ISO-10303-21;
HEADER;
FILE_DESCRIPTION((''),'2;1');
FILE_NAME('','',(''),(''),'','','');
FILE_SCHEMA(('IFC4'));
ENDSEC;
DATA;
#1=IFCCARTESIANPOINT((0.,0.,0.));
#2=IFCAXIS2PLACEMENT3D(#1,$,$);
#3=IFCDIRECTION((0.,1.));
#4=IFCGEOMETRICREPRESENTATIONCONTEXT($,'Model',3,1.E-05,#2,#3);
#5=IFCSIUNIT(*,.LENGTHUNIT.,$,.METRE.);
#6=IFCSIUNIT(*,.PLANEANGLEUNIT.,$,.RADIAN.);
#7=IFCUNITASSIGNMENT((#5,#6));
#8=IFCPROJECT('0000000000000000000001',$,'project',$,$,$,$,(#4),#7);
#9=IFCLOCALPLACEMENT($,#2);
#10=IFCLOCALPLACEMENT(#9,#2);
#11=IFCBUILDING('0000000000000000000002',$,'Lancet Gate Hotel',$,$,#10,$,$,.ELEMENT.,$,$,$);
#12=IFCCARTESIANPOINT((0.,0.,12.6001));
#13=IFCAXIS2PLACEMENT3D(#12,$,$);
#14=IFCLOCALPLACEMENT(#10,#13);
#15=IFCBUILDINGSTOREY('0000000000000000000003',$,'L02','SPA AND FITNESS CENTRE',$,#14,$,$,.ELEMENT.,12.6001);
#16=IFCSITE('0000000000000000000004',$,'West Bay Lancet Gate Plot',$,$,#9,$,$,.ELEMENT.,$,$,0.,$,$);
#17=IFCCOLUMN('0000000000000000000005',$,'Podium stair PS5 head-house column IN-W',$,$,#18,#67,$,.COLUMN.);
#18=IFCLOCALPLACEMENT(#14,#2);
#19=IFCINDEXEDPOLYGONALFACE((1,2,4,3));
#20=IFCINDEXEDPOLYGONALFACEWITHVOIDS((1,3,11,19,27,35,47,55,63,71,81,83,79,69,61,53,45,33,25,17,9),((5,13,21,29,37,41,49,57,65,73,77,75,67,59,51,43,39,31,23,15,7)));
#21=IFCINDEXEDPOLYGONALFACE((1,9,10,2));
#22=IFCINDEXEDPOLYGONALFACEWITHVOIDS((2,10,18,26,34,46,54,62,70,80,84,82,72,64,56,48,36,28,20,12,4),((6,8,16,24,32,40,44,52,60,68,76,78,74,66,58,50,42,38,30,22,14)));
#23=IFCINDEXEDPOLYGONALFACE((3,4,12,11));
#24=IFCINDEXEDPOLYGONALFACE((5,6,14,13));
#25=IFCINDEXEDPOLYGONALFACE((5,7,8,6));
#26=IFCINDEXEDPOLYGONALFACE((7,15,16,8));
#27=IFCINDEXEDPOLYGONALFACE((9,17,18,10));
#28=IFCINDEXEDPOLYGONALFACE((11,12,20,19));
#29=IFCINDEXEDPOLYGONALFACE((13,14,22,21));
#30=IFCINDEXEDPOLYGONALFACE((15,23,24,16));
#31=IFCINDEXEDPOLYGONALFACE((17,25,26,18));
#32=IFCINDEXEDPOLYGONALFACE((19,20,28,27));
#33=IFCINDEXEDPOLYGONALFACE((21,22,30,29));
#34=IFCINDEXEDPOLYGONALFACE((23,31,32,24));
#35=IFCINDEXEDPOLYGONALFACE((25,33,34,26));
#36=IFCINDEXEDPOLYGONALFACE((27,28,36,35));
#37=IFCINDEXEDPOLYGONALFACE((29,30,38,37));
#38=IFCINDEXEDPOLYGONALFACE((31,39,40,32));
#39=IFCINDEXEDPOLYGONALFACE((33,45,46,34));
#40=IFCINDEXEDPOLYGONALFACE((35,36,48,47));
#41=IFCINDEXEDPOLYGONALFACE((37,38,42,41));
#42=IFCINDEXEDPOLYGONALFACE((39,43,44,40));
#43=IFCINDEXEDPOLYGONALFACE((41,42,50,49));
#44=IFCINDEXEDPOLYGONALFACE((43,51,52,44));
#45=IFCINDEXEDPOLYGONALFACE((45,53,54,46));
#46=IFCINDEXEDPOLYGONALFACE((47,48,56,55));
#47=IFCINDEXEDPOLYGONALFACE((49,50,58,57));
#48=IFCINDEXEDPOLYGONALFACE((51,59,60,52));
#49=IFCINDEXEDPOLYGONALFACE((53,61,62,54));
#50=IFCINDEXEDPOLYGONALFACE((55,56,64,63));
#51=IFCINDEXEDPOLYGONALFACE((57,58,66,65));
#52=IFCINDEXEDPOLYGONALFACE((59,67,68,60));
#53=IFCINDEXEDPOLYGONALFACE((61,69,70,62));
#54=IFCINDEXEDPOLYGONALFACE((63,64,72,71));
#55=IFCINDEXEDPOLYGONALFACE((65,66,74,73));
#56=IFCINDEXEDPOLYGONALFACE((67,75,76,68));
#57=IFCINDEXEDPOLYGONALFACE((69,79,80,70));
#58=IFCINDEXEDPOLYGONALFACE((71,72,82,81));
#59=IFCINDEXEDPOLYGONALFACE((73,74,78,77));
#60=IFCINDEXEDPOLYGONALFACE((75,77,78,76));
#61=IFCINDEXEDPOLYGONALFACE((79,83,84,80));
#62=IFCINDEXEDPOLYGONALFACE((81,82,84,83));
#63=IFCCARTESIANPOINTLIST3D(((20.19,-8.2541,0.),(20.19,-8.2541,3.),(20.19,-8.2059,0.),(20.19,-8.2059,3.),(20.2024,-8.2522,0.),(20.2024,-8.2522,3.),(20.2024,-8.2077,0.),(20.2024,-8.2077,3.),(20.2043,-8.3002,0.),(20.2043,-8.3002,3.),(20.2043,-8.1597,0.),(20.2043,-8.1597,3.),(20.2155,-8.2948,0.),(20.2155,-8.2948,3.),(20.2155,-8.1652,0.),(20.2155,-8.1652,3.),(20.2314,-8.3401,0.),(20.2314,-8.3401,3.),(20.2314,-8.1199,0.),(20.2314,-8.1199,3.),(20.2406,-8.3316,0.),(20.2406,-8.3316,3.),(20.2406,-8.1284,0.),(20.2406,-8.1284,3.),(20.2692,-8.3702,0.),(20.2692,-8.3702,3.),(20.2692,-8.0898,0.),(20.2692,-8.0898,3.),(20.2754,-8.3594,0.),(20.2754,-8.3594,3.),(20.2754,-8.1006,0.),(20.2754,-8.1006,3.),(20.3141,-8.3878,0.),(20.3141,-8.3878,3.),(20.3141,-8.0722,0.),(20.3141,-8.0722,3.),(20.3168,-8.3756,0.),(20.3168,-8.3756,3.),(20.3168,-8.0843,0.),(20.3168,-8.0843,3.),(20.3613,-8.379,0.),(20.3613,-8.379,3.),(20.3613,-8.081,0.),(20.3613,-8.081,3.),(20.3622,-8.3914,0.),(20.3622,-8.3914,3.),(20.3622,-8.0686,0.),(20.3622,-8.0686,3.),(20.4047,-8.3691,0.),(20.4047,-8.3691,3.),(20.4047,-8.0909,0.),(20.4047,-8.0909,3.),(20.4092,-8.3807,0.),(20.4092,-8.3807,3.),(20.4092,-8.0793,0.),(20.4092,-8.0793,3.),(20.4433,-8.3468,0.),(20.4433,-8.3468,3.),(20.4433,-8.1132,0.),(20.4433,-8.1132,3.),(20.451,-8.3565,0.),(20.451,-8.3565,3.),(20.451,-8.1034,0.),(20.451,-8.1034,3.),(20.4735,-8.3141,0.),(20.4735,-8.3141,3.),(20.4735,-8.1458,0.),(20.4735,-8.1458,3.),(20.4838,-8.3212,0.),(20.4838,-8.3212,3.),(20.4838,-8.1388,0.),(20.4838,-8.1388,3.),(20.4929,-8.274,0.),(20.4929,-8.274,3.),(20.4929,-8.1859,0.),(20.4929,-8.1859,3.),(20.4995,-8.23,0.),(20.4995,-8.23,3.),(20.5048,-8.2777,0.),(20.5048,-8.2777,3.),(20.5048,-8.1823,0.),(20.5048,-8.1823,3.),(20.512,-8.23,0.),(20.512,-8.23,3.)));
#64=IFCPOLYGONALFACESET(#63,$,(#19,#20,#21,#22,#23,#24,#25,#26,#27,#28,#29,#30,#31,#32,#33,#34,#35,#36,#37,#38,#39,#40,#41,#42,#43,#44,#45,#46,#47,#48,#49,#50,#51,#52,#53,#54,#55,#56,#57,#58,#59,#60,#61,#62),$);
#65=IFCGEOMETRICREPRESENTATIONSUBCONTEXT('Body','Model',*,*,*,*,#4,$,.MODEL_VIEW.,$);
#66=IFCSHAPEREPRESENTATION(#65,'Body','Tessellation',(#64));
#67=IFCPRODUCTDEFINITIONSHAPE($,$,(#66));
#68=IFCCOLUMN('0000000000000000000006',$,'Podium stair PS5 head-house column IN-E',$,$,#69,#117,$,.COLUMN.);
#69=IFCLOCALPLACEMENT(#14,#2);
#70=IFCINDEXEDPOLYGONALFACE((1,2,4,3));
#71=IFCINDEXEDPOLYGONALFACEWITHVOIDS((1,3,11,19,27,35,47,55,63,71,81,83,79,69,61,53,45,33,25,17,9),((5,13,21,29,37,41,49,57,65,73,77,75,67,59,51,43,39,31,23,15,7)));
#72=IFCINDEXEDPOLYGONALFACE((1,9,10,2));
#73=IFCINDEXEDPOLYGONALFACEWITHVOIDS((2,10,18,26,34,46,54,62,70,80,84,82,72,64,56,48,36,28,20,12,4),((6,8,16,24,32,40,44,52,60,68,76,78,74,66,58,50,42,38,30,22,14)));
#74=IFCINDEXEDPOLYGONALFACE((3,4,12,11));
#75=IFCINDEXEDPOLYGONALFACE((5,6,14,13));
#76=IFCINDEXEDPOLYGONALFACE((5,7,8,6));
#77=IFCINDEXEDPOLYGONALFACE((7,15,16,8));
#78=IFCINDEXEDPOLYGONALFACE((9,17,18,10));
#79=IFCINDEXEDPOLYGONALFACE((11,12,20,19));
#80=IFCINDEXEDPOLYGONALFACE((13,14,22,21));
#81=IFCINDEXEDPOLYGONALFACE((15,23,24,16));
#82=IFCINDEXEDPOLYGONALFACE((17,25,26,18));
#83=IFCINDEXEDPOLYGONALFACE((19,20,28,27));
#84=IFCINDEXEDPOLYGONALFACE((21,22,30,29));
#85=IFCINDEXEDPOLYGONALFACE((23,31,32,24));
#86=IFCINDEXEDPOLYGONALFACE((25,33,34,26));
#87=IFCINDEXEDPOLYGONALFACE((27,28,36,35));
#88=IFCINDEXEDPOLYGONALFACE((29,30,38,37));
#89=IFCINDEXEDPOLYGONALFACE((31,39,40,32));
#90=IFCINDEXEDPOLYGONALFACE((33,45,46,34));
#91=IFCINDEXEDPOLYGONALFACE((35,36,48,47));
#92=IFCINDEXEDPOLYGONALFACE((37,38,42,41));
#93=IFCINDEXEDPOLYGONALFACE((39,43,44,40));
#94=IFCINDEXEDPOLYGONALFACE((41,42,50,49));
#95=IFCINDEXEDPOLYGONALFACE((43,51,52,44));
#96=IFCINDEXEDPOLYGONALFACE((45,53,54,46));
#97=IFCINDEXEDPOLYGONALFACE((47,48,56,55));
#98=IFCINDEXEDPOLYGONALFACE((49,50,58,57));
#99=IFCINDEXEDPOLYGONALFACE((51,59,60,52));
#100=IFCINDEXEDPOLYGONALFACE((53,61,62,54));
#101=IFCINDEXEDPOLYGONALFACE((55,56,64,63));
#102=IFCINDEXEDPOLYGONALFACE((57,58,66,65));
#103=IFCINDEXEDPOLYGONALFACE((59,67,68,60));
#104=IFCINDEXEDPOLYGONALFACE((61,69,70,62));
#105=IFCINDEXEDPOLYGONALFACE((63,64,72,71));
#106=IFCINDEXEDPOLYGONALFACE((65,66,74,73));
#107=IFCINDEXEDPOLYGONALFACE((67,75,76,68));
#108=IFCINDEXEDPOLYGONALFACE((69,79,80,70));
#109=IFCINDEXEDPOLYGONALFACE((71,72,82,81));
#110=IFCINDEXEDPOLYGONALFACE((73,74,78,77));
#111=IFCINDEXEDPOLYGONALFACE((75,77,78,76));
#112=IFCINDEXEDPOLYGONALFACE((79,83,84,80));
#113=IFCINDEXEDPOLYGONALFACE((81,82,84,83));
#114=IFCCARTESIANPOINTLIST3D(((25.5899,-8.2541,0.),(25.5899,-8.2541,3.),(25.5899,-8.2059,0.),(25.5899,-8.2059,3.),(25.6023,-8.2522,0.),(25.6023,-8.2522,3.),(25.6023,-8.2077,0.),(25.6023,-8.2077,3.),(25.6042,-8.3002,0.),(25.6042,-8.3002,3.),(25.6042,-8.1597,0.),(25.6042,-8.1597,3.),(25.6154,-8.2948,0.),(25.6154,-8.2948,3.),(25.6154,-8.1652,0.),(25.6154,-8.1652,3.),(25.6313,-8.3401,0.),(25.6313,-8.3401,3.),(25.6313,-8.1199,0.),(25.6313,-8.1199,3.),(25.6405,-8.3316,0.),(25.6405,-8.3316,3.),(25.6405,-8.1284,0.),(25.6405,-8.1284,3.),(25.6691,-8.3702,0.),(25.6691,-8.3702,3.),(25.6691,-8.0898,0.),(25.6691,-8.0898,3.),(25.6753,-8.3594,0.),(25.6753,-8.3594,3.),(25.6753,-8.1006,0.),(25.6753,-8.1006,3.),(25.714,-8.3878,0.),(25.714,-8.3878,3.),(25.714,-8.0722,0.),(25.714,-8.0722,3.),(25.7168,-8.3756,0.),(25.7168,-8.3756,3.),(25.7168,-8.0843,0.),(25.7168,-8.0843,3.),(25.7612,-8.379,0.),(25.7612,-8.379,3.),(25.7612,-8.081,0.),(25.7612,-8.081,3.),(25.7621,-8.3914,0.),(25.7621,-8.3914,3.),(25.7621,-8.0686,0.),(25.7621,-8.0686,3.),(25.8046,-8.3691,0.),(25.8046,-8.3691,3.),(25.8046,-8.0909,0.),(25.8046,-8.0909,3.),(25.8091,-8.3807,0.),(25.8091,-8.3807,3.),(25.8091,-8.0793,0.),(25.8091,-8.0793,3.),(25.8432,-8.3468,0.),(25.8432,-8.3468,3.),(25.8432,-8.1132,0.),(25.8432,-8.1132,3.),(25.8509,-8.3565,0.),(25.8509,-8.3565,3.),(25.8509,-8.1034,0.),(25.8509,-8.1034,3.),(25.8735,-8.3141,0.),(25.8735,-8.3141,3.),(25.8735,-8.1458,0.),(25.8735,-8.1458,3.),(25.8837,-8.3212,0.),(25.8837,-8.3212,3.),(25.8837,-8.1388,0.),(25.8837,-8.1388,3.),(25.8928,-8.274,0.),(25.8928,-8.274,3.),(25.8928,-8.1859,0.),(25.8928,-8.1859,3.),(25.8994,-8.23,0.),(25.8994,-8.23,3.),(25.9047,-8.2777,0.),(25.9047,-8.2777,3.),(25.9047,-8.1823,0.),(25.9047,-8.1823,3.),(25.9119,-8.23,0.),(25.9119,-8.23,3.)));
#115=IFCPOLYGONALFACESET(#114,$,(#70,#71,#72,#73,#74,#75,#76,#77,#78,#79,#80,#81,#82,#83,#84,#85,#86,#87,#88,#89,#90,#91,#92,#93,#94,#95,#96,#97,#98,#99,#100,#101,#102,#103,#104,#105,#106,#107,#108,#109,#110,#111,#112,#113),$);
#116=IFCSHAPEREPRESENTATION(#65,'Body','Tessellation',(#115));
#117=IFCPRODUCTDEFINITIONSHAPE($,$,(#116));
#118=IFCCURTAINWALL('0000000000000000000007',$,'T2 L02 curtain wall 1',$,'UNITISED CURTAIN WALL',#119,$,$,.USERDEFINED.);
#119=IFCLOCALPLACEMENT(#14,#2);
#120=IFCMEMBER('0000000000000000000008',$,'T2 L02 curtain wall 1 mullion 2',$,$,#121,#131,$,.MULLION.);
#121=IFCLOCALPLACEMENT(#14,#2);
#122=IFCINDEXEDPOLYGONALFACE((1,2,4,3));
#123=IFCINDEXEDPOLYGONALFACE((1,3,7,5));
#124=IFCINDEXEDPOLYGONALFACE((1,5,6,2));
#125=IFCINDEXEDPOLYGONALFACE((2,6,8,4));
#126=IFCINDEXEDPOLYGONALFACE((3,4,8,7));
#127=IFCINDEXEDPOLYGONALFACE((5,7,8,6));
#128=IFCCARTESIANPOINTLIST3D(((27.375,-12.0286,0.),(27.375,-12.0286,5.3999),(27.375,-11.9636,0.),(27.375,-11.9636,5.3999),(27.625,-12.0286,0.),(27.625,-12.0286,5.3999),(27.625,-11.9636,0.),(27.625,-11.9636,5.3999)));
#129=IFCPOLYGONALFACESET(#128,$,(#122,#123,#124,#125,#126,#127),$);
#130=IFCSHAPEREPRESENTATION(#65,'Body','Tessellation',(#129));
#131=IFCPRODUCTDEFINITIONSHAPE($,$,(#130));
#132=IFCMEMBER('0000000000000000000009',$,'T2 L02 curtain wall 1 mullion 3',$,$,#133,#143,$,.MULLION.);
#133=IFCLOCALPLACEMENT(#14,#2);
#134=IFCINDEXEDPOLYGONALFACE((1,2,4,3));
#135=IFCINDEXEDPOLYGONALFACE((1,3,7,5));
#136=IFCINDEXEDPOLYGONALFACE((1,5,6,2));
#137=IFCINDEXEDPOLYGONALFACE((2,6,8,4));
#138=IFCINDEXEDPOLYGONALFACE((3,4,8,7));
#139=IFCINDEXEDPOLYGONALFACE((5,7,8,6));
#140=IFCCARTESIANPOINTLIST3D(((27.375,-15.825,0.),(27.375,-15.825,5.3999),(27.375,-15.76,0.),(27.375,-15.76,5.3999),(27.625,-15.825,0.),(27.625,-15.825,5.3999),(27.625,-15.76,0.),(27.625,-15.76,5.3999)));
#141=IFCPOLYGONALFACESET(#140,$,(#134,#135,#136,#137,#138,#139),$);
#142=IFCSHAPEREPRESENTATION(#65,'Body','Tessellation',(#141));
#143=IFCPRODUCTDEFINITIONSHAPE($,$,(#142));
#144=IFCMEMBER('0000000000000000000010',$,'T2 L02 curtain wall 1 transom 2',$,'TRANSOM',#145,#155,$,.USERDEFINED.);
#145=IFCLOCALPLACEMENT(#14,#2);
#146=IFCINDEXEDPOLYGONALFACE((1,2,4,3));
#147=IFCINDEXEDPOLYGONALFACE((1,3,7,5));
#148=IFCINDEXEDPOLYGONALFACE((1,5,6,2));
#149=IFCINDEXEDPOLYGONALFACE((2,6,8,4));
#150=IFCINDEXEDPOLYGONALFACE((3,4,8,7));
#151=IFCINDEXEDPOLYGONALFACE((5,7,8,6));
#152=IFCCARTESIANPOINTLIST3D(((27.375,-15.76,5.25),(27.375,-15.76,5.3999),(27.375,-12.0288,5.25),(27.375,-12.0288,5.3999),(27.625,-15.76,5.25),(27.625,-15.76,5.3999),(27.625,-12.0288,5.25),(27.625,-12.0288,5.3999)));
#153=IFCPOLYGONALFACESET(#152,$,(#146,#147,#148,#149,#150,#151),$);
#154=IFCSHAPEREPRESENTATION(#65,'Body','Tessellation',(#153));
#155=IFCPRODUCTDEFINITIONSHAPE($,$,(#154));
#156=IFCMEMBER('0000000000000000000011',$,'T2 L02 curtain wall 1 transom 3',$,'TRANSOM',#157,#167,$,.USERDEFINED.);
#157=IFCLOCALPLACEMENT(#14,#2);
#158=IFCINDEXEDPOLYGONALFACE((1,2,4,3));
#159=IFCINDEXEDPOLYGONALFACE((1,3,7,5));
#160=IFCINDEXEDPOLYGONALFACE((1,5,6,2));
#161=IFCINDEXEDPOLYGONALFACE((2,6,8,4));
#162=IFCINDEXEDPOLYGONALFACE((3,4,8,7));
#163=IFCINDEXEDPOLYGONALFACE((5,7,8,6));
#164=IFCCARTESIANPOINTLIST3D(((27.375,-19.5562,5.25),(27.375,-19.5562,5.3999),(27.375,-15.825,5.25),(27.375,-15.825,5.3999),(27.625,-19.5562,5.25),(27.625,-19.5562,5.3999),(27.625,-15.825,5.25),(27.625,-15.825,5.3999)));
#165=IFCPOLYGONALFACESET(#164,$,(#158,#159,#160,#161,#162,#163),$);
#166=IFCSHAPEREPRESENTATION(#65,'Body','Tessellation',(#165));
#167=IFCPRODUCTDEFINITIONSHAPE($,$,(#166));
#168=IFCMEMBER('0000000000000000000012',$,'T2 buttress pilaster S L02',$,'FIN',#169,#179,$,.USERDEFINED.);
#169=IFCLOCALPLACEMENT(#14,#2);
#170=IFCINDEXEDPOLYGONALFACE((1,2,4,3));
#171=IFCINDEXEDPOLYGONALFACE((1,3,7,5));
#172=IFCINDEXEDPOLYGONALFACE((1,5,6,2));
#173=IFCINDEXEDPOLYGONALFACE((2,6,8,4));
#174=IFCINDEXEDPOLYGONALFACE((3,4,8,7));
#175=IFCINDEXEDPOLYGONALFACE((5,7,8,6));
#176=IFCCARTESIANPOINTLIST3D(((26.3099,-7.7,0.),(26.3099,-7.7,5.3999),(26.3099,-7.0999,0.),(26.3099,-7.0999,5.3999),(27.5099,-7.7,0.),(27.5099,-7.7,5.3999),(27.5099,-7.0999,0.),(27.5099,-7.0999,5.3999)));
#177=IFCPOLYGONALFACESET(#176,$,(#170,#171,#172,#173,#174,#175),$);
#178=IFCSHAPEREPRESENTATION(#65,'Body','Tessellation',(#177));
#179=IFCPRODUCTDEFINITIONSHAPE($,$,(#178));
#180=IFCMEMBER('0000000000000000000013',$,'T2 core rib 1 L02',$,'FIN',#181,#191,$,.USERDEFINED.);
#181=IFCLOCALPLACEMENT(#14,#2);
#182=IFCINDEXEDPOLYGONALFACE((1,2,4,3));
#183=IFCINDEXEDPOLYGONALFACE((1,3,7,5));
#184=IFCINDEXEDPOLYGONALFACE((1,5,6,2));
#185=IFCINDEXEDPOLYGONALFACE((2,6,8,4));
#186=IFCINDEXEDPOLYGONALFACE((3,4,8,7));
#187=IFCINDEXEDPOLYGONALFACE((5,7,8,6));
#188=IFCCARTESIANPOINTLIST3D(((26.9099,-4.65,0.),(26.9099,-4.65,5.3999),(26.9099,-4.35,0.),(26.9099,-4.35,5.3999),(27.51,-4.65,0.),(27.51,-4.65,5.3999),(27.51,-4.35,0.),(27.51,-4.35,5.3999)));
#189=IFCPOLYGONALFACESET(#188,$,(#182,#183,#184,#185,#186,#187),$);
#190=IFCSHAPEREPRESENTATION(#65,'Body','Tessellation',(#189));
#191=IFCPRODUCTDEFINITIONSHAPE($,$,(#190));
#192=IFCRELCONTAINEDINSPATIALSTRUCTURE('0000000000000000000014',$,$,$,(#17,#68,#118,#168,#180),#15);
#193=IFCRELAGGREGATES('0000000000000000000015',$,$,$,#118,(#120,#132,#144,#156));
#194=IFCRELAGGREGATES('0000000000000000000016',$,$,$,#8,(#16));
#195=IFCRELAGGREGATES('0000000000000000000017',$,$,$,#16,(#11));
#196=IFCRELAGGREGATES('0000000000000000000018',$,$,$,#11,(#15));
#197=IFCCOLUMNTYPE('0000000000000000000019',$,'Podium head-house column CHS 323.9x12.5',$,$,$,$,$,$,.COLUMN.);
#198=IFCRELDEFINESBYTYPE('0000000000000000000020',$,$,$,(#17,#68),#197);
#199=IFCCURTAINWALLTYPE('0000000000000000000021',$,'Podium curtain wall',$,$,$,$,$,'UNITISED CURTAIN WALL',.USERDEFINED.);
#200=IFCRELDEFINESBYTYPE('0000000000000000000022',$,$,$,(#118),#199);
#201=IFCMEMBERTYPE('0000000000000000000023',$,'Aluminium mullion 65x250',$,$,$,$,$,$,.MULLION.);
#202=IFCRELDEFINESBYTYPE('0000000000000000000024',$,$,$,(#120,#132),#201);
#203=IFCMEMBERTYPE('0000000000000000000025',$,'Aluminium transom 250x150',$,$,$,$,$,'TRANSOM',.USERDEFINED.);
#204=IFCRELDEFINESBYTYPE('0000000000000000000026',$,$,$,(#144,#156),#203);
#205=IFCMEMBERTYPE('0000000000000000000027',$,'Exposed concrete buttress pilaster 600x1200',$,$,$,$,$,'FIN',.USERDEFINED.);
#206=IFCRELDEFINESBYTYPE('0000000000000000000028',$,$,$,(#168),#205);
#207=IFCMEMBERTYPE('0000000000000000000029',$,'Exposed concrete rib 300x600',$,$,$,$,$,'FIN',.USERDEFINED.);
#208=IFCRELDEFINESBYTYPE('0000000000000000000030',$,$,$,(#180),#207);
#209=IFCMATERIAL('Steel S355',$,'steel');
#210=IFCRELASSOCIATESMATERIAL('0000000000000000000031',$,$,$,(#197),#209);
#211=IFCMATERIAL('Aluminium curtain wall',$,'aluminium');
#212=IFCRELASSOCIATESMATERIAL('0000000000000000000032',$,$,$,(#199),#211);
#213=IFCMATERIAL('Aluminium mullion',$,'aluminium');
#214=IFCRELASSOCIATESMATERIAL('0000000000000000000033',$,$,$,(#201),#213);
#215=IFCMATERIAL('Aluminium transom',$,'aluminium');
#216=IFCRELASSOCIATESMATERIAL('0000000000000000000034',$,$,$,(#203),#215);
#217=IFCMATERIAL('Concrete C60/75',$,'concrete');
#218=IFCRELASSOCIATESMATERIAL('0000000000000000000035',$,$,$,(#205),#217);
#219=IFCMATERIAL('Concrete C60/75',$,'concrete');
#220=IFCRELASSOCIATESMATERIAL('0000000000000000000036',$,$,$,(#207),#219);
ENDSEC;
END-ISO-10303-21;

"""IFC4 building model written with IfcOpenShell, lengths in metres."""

from ifc_helpers import new_model, si_unit, direction, frame, origin, origin_2d, place, context, subcontext, project, spatial, rectangle, hollow_circle, extrude, material, material_profile, profile_set, type_object, element, aggregate, save


model = new_model("IFC4")

# Units and contexts
model_context = context("Model", 3, precision=1e-05, world=origin(), true_north=direction((0.0, 1.0)))
body_context = subcontext(model_context, "Body", "Model", "MODEL_VIEW")
ifc_project = project(units=[si_unit("LENGTHUNIT", "METRE"), si_unit("PLANEANGLEUNIT", "RADIAN")], contexts=[model_context])

# Site, building, storey
site_placement = place(None, origin())
site = spatial("IfcSite", under=ifc_project, at=site_placement, Name="West Bay Lancet Gate Plot", CompositionType="ELEMENT", RefElevation=0.0)
building_placement = place(site_placement, origin())
building = spatial("IfcBuilding", under=site, at=building_placement, Name="Lancet Gate Hotel", CompositionType="ELEMENT")
storey_placement = place(building_placement, frame((0.0, 0.0, 12.6001)))
storey = spatial("IfcBuildingStorey", under=building, at=storey_placement, Name="L02", Description="SPA AND FITNESS CENTRE", CompositionType="ELEMENT", Elevation=12.6001)

# Columns
ifc_material_1 = material(Name="Steel S355", Category="steel")
ifc_material_profile_1 = material_profile(ifc_material_1, hollow_circle(Radius=0.1619, WallThickness=0.0125, at=origin_2d()), Name="CHS 323.9x12.5")
ifc_profile_set_1 = profile_set([ifc_material_profile_1], Name="Steel S355")
column_type = type_object("IfcColumnType", Name="Podium head-house column CHS 323.9x12.5", PredefinedType="COLUMN", material=ifc_profile_set_1)
for number, where, z_axis, x_axis, name in (
    (1, (20.3501, -8.23, 0.0), (0.0, 0.0, 1.0), (1.0, 0.0, 0.0), "Podium stair PS5 head-house column IN-W"),
    (2, (25.75, -8.23, 0.0), (0.0, 0.0, 1.0), (1.0, 0.0, 0.0), "Podium stair PS5 head-house column IN-E"),
):
    element("IfcColumn", number, at=place(storey_placement, frame(where, z_axis=z_axis, x_axis=x_axis)), inside=storey, type_object=column_type, Name=name, PredefinedType="COLUMN", context=body_context, shape_type="SweptSolid", body=[
        extrude(hollow_circle(Radius=0.1619, WallThickness=0.0125, at=origin_2d()), origin(), (0.0, 0.0, 1.0), 3.0),
    ])

# Curtain wall, members
ifc_material_2 = material(Name="Aluminium curtain wall", Category="aluminium")
curtain_wall_type = type_object("IfcCurtainWallType", Name="Podium curtain wall", ElementType="UNITISED CURTAIN WALL", PredefinedType="USERDEFINED", material=ifc_material_2)
curtain_wall_placement = place(storey_placement, origin())
curtain_wall = element("IfcCurtainWall", 3, at=curtain_wall_placement, inside=storey, type_object=curtain_wall_type, Name="T2 L02 curtain wall 1", ObjectType="UNITISED CURTAIN WALL", PredefinedType="USERDEFINED")
ifc_material_3 = material(Name="Aluminium mullion", Category="aluminium")
ifc_material_profile_2 = material_profile(ifc_material_3, rectangle(XDim=0.0649, YDim=0.25, at=origin_2d()), Name="MULLION 65x250")
ifc_profile_set_2 = profile_set([ifc_material_profile_2], Name="Aluminium mullion")
member_type_1 = type_object("IfcMemberType", Name="Aluminium mullion 65x250", PredefinedType="MULLION", material=ifc_profile_set_2)
member_1_placement = place(storey_placement, frame((27.5, -11.9961, 0.0), z_axis=(0.0, 0.0, 1.0), x_axis=(0.0, -1.0, 0.0)))
member_1 = element("IfcMember", 4, at=member_1_placement, type_object=member_type_1, Name="T2 L02 curtain wall 1 mullion 2", PredefinedType="MULLION", context=body_context, shape_type="SweptSolid", body=[
    extrude(rectangle(XDim=0.0649, YDim=0.25, at=origin_2d()), origin(), (0.0, 0.0, 1.0), 5.3999),
])
member_2_placement = place(storey_placement, frame((27.5, -15.7925, 0.0), z_axis=(0.0, 0.0, 1.0), x_axis=(0.0, -1.0, 0.0)))
member_2 = element("IfcMember", 5, at=member_2_placement, type_object=member_type_1, Name="T2 L02 curtain wall 1 mullion 3", PredefinedType="MULLION", context=body_context, shape_type="SweptSolid", body=[
    extrude(rectangle(XDim=0.0649, YDim=0.25, at=origin_2d()), origin(), (0.0, 0.0, 1.0), 5.3999),
])
ifc_material_4 = material(Name="Aluminium transom", Category="aluminium")
ifc_material_profile_3 = material_profile(ifc_material_4, rectangle(XDim=0.25, YDim=0.1499, at=origin_2d()), Name="TRANSOM 250x150")
ifc_profile_set_3 = profile_set([ifc_material_profile_3], Name="Aluminium transom")
member_type_2 = type_object("IfcMemberType", Name="Aluminium transom 250x150", ElementType="TRANSOM", PredefinedType="USERDEFINED", material=ifc_profile_set_3)
member_3_placement = place(storey_placement, frame((27.5, -12.0288, 5.325), z_axis=(0.0, -1.0, 0.0), x_axis=(1.0, 0.0, 0.0)))
member_3 = element("IfcMember", 6, at=member_3_placement, type_object=member_type_2, Name="T2 L02 curtain wall 1 transom 2", ObjectType="TRANSOM", PredefinedType="USERDEFINED", context=body_context, shape_type="SweptSolid", body=[
    extrude(rectangle(XDim=0.25, YDim=0.1499, at=origin_2d()), origin(), (0.0, 0.0, 1.0), 3.7312),
])
member_4_placement = place(storey_placement, frame((27.5, -15.825, 5.325), z_axis=(0.0, -1.0, 0.0), x_axis=(1.0, 0.0, 0.0)))
member_4 = element("IfcMember", 7, at=member_4_placement, type_object=member_type_2, Name="T2 L02 curtain wall 1 transom 3", ObjectType="TRANSOM", PredefinedType="USERDEFINED", context=body_context, shape_type="SweptSolid", body=[
    extrude(rectangle(XDim=0.25, YDim=0.1499, at=origin_2d()), origin(), (0.0, 0.0, 1.0), 3.7312),
])

# Members
ifc_material_5 = material(Name="Concrete C60/75", Category="concrete")
ifc_material_profile_4 = material_profile(ifc_material_5, rectangle(XDim=0.6001, YDim=1.2, at=origin_2d()), Name="FIN 600x1200")
ifc_profile_set_4 = profile_set([ifc_material_profile_4], Name="Concrete C60/75")
member_type_3 = type_object("IfcMemberType", Name="Exposed concrete buttress pilaster 600x1200", ElementType="FIN", PredefinedType="USERDEFINED", material=ifc_profile_set_4)
member_5_placement = place(storey_placement, frame((26.9099, -7.3999, 0.0), z_axis=(0.0, 0.0, 1.0), x_axis=(0.0, 1.0, 0.0)))
element("IfcMember", 8, at=member_5_placement, inside=storey, type_object=member_type_3, Name="T2 buttress pilaster S L02", ObjectType="FIN", PredefinedType="USERDEFINED", context=body_context, shape_type="SweptSolid", body=[
    extrude(rectangle(XDim=0.6001, YDim=1.2, at=origin_2d()), origin(), (0.0, 0.0, 1.0), 5.3999),
])
ifc_material_6 = material(Name="Concrete C60/75", Category="concrete")
ifc_material_profile_5 = material_profile(ifc_material_6, rectangle(XDim=0.3, YDim=0.6001, at=origin_2d()), Name="FIN 300x600")
ifc_profile_set_5 = profile_set([ifc_material_profile_5], Name="Concrete C60/75")
member_type_4 = type_object("IfcMemberType", Name="Exposed concrete rib 300x600", ElementType="FIN", PredefinedType="USERDEFINED", material=ifc_profile_set_5)
member_6_placement = place(storey_placement, frame((27.21, -4.5, 0.0), z_axis=(0.0, 0.0, 1.0), x_axis=(0.0, 1.0, 0.0)))
element("IfcMember", 9, at=member_6_placement, inside=storey, type_object=member_type_4, Name="T2 core rib 1 L02", ObjectType="FIN", PredefinedType="USERDEFINED", context=body_context, shape_type="SweptSolid", body=[
    extrude(rectangle(XDim=0.3, YDim=0.6001, at=origin_2d()), origin(), (0.0, 0.0, 1.0), 5.3999),
])

aggregate(curtain_wall, [member_1, member_2, member_3, member_4])

save(model, "model.ifc")
